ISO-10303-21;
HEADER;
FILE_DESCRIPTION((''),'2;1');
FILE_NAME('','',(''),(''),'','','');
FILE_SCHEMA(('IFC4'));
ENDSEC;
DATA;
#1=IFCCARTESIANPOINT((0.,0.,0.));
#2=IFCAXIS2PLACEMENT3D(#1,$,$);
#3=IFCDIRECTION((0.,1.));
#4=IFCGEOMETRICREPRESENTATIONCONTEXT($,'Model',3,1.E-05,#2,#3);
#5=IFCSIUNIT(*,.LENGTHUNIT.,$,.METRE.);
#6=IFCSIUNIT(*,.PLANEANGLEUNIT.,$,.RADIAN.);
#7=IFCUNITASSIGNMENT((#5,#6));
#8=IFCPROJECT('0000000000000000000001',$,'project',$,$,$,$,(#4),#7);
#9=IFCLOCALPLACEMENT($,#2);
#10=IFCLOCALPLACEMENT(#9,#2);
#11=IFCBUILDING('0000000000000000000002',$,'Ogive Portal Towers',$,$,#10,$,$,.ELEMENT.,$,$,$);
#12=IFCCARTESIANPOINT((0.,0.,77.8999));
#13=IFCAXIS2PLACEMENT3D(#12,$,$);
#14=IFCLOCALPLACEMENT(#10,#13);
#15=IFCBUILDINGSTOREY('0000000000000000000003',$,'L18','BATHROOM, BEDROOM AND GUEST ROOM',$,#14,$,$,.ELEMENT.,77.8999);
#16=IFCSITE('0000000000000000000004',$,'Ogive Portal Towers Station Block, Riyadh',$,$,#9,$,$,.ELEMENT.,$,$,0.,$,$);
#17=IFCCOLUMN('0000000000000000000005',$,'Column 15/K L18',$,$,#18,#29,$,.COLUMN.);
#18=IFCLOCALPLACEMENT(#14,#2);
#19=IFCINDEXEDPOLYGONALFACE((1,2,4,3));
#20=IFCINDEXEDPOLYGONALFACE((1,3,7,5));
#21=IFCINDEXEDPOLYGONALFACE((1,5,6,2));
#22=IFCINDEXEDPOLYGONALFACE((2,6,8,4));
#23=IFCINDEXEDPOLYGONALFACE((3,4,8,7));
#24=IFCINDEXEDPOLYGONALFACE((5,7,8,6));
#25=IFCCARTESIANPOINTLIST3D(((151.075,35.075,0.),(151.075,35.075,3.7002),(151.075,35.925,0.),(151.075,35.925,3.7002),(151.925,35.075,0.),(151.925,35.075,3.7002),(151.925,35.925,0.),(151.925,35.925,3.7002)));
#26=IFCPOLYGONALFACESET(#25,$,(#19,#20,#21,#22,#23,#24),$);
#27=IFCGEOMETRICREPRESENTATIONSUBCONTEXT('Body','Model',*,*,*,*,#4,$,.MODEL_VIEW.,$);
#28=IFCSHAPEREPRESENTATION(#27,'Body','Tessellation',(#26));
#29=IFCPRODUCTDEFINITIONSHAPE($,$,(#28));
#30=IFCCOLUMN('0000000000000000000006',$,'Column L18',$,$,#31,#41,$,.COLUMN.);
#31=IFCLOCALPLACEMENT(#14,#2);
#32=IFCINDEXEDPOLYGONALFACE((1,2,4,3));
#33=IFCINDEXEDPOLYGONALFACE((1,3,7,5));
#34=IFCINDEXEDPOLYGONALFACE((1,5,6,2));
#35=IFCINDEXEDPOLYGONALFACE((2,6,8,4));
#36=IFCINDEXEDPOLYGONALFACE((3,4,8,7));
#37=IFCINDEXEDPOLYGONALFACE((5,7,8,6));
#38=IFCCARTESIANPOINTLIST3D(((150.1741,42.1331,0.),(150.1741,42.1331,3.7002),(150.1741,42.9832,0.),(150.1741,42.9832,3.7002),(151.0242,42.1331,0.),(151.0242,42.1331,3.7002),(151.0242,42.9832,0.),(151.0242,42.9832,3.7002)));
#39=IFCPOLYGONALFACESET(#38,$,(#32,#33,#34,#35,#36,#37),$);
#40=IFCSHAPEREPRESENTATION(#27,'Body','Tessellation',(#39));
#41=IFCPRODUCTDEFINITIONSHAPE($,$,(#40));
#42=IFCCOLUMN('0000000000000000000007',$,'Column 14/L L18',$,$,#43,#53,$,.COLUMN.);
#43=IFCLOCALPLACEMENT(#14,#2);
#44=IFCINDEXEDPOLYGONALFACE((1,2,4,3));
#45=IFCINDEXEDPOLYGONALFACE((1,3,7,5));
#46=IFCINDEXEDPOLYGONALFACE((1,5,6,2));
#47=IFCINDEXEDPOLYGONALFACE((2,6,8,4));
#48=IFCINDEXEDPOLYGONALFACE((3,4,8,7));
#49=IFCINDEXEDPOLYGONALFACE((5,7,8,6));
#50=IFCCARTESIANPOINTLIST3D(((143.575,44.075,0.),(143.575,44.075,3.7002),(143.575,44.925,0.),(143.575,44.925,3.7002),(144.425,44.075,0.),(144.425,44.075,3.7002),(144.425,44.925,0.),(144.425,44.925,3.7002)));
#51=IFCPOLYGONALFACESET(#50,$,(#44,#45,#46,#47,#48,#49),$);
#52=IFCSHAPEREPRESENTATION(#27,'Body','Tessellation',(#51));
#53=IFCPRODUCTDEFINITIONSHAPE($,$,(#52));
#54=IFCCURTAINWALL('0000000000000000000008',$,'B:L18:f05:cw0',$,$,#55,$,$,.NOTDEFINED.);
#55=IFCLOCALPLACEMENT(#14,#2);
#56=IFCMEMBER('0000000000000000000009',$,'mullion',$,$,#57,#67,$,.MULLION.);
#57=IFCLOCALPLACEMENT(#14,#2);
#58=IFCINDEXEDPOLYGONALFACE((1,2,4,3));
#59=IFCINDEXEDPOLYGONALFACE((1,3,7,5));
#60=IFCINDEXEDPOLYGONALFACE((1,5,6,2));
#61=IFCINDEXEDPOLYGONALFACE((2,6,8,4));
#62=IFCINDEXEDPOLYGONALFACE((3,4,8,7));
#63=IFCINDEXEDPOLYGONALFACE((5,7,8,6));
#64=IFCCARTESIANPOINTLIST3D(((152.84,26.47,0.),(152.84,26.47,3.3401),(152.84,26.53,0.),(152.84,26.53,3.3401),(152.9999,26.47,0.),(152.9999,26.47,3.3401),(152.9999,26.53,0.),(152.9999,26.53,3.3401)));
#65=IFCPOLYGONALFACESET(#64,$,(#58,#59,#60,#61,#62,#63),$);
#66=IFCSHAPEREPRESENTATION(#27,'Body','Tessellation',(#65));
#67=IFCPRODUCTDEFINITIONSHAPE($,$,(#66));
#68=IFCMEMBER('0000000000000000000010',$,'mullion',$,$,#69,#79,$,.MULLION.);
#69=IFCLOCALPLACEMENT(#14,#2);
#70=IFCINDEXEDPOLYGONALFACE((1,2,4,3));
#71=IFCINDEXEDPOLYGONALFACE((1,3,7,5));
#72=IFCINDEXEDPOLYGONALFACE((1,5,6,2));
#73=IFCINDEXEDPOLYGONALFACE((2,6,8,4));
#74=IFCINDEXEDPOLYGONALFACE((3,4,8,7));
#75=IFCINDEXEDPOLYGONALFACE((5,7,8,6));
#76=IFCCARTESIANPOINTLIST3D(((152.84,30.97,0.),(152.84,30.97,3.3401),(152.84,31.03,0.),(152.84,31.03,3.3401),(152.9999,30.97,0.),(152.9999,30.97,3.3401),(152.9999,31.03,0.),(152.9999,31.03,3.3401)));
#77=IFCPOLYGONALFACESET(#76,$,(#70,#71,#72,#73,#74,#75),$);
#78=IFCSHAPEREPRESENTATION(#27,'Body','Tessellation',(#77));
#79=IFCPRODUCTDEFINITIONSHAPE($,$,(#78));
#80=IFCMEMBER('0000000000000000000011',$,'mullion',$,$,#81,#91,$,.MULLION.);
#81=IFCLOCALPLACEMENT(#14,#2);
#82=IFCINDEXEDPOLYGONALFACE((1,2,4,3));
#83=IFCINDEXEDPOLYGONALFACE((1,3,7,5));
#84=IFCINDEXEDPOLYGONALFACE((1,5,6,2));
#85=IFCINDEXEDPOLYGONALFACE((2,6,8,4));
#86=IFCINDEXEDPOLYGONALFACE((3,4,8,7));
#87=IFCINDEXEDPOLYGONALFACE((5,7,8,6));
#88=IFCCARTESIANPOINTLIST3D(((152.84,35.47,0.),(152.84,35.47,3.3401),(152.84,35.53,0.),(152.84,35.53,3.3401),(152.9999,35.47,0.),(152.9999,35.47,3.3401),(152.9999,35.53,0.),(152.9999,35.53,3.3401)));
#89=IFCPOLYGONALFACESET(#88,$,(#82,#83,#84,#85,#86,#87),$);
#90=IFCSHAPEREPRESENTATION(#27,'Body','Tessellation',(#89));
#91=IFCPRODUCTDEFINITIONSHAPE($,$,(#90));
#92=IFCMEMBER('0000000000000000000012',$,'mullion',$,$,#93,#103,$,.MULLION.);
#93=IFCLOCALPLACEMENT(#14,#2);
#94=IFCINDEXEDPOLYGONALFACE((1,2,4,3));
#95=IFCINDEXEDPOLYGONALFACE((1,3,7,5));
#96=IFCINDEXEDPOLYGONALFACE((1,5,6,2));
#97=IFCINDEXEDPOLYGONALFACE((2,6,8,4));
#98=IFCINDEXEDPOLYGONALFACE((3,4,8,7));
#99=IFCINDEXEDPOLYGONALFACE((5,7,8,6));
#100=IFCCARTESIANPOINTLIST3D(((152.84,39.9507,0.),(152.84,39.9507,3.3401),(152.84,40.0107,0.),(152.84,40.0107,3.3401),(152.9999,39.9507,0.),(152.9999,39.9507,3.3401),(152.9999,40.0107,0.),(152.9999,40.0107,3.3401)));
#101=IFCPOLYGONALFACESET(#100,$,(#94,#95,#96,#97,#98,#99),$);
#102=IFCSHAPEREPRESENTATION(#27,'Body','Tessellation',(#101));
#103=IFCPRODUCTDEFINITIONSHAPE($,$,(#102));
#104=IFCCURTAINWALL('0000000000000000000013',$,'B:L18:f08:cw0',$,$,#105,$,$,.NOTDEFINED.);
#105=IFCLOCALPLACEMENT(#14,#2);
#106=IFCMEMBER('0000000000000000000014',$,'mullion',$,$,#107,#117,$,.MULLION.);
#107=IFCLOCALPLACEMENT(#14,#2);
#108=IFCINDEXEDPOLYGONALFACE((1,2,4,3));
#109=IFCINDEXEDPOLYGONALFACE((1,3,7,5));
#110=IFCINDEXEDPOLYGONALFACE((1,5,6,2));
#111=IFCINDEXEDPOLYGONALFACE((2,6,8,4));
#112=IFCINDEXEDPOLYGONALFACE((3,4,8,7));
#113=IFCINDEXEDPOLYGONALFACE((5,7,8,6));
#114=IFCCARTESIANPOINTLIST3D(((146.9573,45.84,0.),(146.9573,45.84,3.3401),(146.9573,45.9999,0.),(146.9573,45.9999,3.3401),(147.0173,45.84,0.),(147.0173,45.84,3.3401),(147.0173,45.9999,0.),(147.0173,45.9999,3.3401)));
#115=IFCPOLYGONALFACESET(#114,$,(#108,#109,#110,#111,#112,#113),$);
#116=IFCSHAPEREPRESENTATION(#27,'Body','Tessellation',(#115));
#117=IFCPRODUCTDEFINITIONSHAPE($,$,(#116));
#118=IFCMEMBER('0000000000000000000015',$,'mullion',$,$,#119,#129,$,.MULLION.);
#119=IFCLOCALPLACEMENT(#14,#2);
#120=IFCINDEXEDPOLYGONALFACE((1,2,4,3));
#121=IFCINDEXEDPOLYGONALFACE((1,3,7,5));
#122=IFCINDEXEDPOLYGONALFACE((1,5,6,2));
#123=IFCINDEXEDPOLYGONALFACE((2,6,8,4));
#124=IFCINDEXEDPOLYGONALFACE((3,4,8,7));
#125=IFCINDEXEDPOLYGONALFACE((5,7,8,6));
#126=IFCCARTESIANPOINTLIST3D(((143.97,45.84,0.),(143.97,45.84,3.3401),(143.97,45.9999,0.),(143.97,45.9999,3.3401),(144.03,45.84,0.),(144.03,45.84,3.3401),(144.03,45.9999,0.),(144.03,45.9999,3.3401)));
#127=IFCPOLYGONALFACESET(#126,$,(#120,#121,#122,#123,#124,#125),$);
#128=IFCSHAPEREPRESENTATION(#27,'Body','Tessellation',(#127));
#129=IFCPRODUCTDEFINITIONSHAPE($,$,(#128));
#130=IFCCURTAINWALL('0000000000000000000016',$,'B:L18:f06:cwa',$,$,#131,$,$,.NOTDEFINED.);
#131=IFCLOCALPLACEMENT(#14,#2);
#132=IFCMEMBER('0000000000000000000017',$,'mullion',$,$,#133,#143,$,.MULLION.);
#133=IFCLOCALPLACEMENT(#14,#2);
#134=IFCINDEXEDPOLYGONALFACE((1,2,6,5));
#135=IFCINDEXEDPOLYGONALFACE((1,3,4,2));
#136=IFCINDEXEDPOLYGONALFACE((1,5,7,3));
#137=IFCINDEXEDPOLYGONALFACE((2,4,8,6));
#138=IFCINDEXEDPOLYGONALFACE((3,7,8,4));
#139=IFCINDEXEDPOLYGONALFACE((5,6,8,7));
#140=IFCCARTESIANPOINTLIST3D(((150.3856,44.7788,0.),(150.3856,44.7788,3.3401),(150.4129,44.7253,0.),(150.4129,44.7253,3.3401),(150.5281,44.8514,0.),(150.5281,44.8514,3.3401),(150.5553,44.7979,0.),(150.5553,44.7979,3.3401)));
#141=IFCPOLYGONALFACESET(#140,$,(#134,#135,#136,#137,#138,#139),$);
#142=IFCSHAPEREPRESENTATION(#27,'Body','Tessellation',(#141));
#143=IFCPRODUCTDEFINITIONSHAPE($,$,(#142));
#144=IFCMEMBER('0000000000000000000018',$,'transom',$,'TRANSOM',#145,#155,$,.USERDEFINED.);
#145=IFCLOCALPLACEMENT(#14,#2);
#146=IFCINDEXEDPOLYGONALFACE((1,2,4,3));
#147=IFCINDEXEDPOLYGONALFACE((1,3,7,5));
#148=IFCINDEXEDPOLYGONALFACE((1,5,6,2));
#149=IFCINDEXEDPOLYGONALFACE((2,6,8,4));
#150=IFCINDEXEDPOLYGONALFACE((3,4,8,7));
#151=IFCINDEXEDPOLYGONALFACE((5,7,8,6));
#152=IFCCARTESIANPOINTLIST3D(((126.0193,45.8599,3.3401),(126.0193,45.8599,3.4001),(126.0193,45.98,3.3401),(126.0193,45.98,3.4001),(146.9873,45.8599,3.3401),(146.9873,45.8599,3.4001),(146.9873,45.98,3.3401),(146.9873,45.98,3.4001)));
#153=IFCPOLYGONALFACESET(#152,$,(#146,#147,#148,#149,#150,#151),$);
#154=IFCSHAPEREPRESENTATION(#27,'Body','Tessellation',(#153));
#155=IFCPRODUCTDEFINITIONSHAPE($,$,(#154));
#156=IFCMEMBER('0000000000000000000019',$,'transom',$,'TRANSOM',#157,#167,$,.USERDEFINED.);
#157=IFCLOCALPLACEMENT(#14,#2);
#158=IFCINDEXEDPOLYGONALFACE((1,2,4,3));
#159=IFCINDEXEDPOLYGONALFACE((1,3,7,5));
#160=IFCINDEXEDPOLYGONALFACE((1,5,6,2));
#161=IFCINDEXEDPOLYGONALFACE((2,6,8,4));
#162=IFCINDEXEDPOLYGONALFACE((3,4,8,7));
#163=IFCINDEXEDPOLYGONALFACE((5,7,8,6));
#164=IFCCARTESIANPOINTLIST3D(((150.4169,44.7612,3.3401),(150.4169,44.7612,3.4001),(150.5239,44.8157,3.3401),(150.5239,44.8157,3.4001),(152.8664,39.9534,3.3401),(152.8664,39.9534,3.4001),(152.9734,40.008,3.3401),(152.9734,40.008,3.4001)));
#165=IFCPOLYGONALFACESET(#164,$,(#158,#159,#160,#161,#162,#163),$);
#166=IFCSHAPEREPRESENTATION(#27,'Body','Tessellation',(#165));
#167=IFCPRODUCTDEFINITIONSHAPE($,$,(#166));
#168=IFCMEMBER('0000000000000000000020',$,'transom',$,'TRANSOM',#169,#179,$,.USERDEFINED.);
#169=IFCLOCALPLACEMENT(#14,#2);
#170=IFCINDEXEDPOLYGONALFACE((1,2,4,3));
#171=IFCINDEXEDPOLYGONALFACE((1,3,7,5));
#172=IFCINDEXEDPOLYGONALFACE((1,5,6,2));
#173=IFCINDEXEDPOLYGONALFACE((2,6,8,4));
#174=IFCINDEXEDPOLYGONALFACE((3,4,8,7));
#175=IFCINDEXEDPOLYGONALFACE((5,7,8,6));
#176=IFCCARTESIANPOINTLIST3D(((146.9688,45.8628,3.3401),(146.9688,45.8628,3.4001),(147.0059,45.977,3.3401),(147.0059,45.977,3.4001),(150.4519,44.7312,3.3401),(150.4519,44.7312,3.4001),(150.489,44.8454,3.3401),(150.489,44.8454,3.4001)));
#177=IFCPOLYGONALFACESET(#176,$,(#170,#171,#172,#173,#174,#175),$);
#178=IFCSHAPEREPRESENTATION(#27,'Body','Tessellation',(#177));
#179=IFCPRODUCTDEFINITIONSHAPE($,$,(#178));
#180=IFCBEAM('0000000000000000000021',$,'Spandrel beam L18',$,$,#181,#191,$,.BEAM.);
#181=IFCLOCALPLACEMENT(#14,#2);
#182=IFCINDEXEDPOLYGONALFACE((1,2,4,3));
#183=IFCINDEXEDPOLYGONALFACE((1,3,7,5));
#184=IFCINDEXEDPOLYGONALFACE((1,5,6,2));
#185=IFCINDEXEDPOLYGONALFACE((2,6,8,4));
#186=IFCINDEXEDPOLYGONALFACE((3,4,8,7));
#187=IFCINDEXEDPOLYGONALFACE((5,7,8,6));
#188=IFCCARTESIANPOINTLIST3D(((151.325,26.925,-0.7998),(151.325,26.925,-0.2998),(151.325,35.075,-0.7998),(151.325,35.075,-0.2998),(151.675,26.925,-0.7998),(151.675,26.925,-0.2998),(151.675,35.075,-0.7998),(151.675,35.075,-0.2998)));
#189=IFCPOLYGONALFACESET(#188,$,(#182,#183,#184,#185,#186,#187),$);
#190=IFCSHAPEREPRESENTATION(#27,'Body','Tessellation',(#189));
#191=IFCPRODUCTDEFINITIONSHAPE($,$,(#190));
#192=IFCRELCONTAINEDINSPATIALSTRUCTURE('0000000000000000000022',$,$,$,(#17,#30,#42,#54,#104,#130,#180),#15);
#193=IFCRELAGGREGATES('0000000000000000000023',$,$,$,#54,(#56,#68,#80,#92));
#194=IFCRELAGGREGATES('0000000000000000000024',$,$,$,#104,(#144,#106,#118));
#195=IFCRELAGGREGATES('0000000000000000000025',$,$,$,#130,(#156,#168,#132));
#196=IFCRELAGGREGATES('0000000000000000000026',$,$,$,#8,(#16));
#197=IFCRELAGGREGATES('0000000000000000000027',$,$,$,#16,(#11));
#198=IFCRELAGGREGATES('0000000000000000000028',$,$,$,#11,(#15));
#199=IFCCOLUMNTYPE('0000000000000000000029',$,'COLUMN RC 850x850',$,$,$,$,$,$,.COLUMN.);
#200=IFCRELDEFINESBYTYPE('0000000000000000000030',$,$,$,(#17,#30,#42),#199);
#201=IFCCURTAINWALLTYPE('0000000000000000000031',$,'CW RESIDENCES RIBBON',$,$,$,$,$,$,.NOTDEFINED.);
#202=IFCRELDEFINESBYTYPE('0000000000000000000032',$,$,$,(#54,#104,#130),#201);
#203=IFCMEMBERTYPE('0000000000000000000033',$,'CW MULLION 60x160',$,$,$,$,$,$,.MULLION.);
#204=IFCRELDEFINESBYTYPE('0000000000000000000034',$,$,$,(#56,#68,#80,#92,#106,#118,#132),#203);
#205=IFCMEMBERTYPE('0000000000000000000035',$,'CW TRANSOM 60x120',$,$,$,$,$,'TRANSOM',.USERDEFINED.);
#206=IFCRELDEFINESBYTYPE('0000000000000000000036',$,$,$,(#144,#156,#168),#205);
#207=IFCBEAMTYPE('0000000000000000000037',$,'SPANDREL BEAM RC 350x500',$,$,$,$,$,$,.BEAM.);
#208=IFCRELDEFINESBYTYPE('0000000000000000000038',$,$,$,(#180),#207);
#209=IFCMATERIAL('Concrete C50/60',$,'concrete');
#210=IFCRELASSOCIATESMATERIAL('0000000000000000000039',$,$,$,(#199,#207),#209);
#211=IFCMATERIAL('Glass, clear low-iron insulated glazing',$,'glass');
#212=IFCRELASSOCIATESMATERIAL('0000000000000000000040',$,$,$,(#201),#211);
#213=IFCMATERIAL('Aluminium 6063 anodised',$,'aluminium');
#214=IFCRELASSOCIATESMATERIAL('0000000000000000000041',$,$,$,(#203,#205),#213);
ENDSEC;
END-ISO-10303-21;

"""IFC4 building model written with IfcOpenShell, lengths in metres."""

from ifc_helpers import new_model, si_unit, direction, frame, origin, origin_2d, place, context, subcontext, project, spatial, rectangle, extrude, material, material_profile, profile_set, type_object, element, aggregate, save


model = new_model("IFC4")

# Units and contexts
model_context = context("Model", 3, precision=1e-05, world=origin(), true_north=direction((0.0, 1.0)))
body_context = subcontext(model_context, "Body", "Model", "MODEL_VIEW")
ifc_project = project(units=[si_unit("LENGTHUNIT", "METRE"), si_unit("PLANEANGLEUNIT", "RADIAN")], contexts=[model_context])

# Site, building, storey
site_placement = place(None, origin())
site = spatial("IfcSite", under=ifc_project, at=site_placement, Name="Ogive Portal Towers Station Block, Riyadh", CompositionType="ELEMENT", RefElevation=0.0)
building_placement = place(site_placement, origin())
building = spatial("IfcBuilding", under=site, at=building_placement, Name="Ogive Portal Towers", CompositionType="ELEMENT")
storey_placement = place(building_placement, frame((0.0, 0.0, 77.8999)))
storey = spatial("IfcBuildingStorey", under=building, at=storey_placement, Name="L18", Description="BATHROOM, BEDROOM AND GUEST ROOM", CompositionType="ELEMENT", Elevation=77.8999)

# Columns
ifc_material_1 = material(Name="Concrete C50/60", Category="concrete")
ifc_material_profile_1 = material_profile(ifc_material_1, rectangle(XDim=0.8501, YDim=0.8501, at=origin_2d()), Name="RC 850x850")
ifc_profile_set_1 = profile_set([ifc_material_profile_1], Name="Concrete C50/60")
column_type = type_object("IfcColumnType", Name="COLUMN RC 850x850", PredefinedType="COLUMN", material=ifc_profile_set_1)
for number, where, z_axis, x_axis, name in (
    (1, (151.5, 35.5, 0.0), (0.0, 0.0, 1.0), (1.0, 0.0, 0.0), "Column 15/K L18"),
    (2, (150.5991, 42.5581, 0.0), (0.0, 0.0, 1.0), (1.0, 0.0, 0.0), "Column L18"),
    (3, (144.0, 44.5, 0.0), (0.0, 0.0, 1.0), (1.0, 0.0, 0.0), "Column 14/L L18"),
):
    element("IfcColumn", number, at=place(storey_placement, frame(where, z_axis=z_axis, x_axis=x_axis)), inside=storey, type_object=column_type, Name=name, PredefinedType="COLUMN", context=body_context, shape_type="SweptSolid", body=[
        extrude(rectangle(XDim=0.8501, YDim=0.8501, at=origin_2d()), origin(), (0.0, 0.0, 1.0), 3.7002),
    ])

# Curtain walls, members
ifc_material_2 = material(Name="Glass, clear low-iron insulated glazing", Category="glass")
curtain_wall_type = type_object("IfcCurtainWallType", Name="CW RESIDENCES RIBBON", PredefinedType="NOTDEFINED", material=ifc_material_2)
curtain_wall_1_placement = place(storey_placement, origin())
curtain_wall_1 = element("IfcCurtainWall", 4, at=curtain_wall_1_placement, inside=storey, type_object=curtain_wall_type, Name="B:L18:f05:cw0", PredefinedType="NOTDEFINED")
ifc_material_3 = material(Name="Aluminium 6063 anodised", Category="aluminium")
ifc_material_profile_2 = material_profile(ifc_material_3, rectangle(XDim=0.1599, YDim=0.0601, at=origin_2d()), Name="AL 60x160")
ifc_profile_set_2 = profile_set([ifc_material_profile_2], Name="Aluminium 6063 anodised")
member_type_1 = type_object("IfcMemberType", Name="CW MULLION 60x160", PredefinedType="MULLION", material=ifc_profile_set_2)
member_1_placement = place(storey_placement, frame((152.9199, 26.5, 0.0), z_axis=(0.0, 0.0, 1.0), x_axis=(-1.0, 0.0, 0.0)))
member_1 = element("IfcMember", 5, at=member_1_placement, type_object=member_type_1, Name="mullion", PredefinedType="MULLION", context=body_context, shape_type="SweptSolid", body=[
    extrude(rectangle(XDim=0.1599, YDim=0.0601, at=origin_2d()), origin(), (0.0, 0.0, 1.0), 3.3401),
])
member_2_placement = place(storey_placement, frame((152.9199, 31.0, 0.0), z_axis=(0.0, 0.0, 1.0), x_axis=(-1.0, 0.0, 0.0)))
member_2 = element("IfcMember", 6, at=member_2_placement, type_object=member_type_1, Name="mullion", PredefinedType="MULLION", context=body_context, shape_type="SweptSolid", body=[
    extrude(rectangle(XDim=0.1599, YDim=0.0601, at=origin_2d()), origin(), (0.0, 0.0, 1.0), 3.3401),
])
member_3_placement = place(storey_placement, frame((152.9199, 35.5, 0.0), z_axis=(0.0, 0.0, 1.0), x_axis=(-1.0, 0.0, 0.0)))
member_3 = element("IfcMember", 7, at=member_3_placement, type_object=member_type_1, Name="mullion", PredefinedType="MULLION", context=body_context, shape_type="SweptSolid", body=[
    extrude(rectangle(XDim=0.1599, YDim=0.0601, at=origin_2d()), origin(), (0.0, 0.0, 1.0), 3.3401),
])
member_4_placement = place(storey_placement, frame((152.9199, 39.9807, 0.0), z_axis=(0.0, 0.0, 1.0), x_axis=(-1.0, 0.0, 0.0)))
member_4 = element("IfcMember", 8, at=member_4_placement, type_object=member_type_1, Name="mullion", PredefinedType="MULLION", context=body_context, shape_type="SweptSolid", body=[
    extrude(rectangle(XDim=0.1599, YDim=0.0601, at=origin_2d()), origin(), (0.0, 0.0, 1.0), 3.3401),
])
curtain_wall_2_placement = place(storey_placement, origin())
curtain_wall_2 = element("IfcCurtainWall", 9, at=curtain_wall_2_placement, inside=storey, type_object=curtain_wall_type, Name="B:L18:f08:cw0", PredefinedType="NOTDEFINED")
member_5_placement = place(storey_placement, frame((146.9873, 45.9199, 0.0), z_axis=(0.0, 0.0, 1.0), x_axis=(0.0, -1.0, 0.0)))
member_5 = element("IfcMember", 10, at=member_5_placement, type_object=member_type_1, Name="mullion", PredefinedType="MULLION", context=body_context, shape_type="SweptSolid", body=[
    extrude(rectangle(XDim=0.1599, YDim=0.0601, at=origin_2d()), origin(), (0.0, 0.0, 1.0), 3.3401),
])
member_6_placement = place(storey_placement, frame((144.0, 45.9199, 0.0), z_axis=(0.0, 0.0, 1.0), x_axis=(0.0, -1.0, 0.0)))
member_6 = element("IfcMember", 11, at=member_6_placement, type_object=member_type_1, Name="mullion", PredefinedType="MULLION", context=body_context, shape_type="SweptSolid", body=[
    extrude(rectangle(XDim=0.1599, YDim=0.0601, at=origin_2d()), origin(), (0.0, 0.0, 1.0), 3.3401),
])

# Curtain wall, member
curtain_wall_3_placement = place(storey_placement, origin())
curtain_wall_3 = element("IfcCurtainWall", 12, at=curtain_wall_3_placement, inside=storey, type_object=curtain_wall_type, Name="B:L18:f06:cwa", PredefinedType="NOTDEFINED")
member_7_placement = place(storey_placement, frame((150.4705, 44.7883, 0.0), z_axis=(0.0, 0.0, 1.0), x_axis=(-0.891007, -0.45399, 0.0)))
member_7 = element("IfcMember", 13, at=member_7_placement, type_object=member_type_1, Name="mullion", PredefinedType="MULLION", context=body_context, shape_type="SweptSolid", body=[
    extrude(rectangle(XDim=0.1599, YDim=0.0601, at=origin_2d()), origin(), (0.0, 0.0, 1.0), 3.3401),
])

# Members
ifc_material_profile_3 = material_profile(ifc_material_3, rectangle(XDim=0.1201, YDim=0.0601, at=origin_2d()), Name="AL 120x60")
ifc_profile_set_3 = profile_set([ifc_material_profile_3], Name="Aluminium 6063 anodised")
member_type_2 = type_object("IfcMemberType", Name="CW TRANSOM 60x120", ElementType="TRANSOM", PredefinedType="USERDEFINED", material=ifc_profile_set_3)
member_8_placement = place(storey_placement, frame((146.9873, 45.9199, 3.3701), z_axis=(-1.0, 0.0, 0.0), x_axis=(0.0, -1.0, 0.0)))
member_8 = element("IfcMember", 14, at=member_8_placement, type_object=member_type_2, Name="transom", ObjectType="TRANSOM", PredefinedType="USERDEFINED", context=body_context, shape_type="SweptSolid", body=[
    extrude(rectangle(XDim=0.1201, YDim=0.0601, at=origin_2d()), origin(), (0.0, 0.0, 1.0), 20.968),
])
member_9_placement = place(storey_placement, frame((152.9199, 39.9807, 3.3701), z_axis=(-0.45397, 0.891017, 0.0), x_axis=(-0.891017, -0.45397, 0.0)))
member_9 = element("IfcMember", 15, at=member_9_placement, type_object=member_type_2, Name="transom", ObjectType="TRANSOM", PredefinedType="USERDEFINED", context=body_context, shape_type="SweptSolid", body=[
    extrude(rectangle(XDim=0.1201, YDim=0.0601, at=origin_2d()), origin(), (0.0, 0.0, 1.0), 5.3958),
])
member_10_placement = place(storey_placement, frame((150.4705, 44.7883, 3.3701), z_axis=(-0.951069, 0.308979, 0.0), x_axis=(-0.308979, -0.951069, 0.0)))
member_10 = element("IfcMember", 16, at=member_10_placement, type_object=member_type_2, Name="transom", ObjectType="TRANSOM", PredefinedType="USERDEFINED", context=body_context, shape_type="SweptSolid", body=[
    extrude(rectangle(XDim=0.1201, YDim=0.0601, at=origin_2d()), origin(), (0.0, 0.0, 1.0), 3.6624),
])

# Beam
ifc_material_profile_4 = material_profile(ifc_material_1, rectangle(XDim=0.3501, YDim=0.5, at=origin_2d()), Name="RC 350x500")
ifc_profile_set_4 = profile_set([ifc_material_profile_4], Name="Concrete C50/60")
beam_type = type_object("IfcBeamType", Name="SPANDREL BEAM RC 350x500", PredefinedType="BEAM", material=ifc_profile_set_4)
beam_placement = place(storey_placement, frame((151.5, 26.925, -0.5498), z_axis=(0.0, 1.0, 0.0), x_axis=(-1.0, 0.0, 0.0)))
element("IfcBeam", 17, at=beam_placement, inside=storey, type_object=beam_type, Name="Spandrel beam L18", PredefinedType="BEAM", context=body_context, shape_type="SweptSolid", body=[
    extrude(rectangle(XDim=0.3501, YDim=0.5, at=origin_2d()), origin(), (0.0, 0.0, 1.0), 8.1499),
])

aggregate(curtain_wall_1, [member_1, member_2, member_3, member_4])
aggregate(curtain_wall_2, [member_8, member_5, member_6])
aggregate(curtain_wall_3, [member_9, member_10, member_7])

save(model, "model.ifc")
